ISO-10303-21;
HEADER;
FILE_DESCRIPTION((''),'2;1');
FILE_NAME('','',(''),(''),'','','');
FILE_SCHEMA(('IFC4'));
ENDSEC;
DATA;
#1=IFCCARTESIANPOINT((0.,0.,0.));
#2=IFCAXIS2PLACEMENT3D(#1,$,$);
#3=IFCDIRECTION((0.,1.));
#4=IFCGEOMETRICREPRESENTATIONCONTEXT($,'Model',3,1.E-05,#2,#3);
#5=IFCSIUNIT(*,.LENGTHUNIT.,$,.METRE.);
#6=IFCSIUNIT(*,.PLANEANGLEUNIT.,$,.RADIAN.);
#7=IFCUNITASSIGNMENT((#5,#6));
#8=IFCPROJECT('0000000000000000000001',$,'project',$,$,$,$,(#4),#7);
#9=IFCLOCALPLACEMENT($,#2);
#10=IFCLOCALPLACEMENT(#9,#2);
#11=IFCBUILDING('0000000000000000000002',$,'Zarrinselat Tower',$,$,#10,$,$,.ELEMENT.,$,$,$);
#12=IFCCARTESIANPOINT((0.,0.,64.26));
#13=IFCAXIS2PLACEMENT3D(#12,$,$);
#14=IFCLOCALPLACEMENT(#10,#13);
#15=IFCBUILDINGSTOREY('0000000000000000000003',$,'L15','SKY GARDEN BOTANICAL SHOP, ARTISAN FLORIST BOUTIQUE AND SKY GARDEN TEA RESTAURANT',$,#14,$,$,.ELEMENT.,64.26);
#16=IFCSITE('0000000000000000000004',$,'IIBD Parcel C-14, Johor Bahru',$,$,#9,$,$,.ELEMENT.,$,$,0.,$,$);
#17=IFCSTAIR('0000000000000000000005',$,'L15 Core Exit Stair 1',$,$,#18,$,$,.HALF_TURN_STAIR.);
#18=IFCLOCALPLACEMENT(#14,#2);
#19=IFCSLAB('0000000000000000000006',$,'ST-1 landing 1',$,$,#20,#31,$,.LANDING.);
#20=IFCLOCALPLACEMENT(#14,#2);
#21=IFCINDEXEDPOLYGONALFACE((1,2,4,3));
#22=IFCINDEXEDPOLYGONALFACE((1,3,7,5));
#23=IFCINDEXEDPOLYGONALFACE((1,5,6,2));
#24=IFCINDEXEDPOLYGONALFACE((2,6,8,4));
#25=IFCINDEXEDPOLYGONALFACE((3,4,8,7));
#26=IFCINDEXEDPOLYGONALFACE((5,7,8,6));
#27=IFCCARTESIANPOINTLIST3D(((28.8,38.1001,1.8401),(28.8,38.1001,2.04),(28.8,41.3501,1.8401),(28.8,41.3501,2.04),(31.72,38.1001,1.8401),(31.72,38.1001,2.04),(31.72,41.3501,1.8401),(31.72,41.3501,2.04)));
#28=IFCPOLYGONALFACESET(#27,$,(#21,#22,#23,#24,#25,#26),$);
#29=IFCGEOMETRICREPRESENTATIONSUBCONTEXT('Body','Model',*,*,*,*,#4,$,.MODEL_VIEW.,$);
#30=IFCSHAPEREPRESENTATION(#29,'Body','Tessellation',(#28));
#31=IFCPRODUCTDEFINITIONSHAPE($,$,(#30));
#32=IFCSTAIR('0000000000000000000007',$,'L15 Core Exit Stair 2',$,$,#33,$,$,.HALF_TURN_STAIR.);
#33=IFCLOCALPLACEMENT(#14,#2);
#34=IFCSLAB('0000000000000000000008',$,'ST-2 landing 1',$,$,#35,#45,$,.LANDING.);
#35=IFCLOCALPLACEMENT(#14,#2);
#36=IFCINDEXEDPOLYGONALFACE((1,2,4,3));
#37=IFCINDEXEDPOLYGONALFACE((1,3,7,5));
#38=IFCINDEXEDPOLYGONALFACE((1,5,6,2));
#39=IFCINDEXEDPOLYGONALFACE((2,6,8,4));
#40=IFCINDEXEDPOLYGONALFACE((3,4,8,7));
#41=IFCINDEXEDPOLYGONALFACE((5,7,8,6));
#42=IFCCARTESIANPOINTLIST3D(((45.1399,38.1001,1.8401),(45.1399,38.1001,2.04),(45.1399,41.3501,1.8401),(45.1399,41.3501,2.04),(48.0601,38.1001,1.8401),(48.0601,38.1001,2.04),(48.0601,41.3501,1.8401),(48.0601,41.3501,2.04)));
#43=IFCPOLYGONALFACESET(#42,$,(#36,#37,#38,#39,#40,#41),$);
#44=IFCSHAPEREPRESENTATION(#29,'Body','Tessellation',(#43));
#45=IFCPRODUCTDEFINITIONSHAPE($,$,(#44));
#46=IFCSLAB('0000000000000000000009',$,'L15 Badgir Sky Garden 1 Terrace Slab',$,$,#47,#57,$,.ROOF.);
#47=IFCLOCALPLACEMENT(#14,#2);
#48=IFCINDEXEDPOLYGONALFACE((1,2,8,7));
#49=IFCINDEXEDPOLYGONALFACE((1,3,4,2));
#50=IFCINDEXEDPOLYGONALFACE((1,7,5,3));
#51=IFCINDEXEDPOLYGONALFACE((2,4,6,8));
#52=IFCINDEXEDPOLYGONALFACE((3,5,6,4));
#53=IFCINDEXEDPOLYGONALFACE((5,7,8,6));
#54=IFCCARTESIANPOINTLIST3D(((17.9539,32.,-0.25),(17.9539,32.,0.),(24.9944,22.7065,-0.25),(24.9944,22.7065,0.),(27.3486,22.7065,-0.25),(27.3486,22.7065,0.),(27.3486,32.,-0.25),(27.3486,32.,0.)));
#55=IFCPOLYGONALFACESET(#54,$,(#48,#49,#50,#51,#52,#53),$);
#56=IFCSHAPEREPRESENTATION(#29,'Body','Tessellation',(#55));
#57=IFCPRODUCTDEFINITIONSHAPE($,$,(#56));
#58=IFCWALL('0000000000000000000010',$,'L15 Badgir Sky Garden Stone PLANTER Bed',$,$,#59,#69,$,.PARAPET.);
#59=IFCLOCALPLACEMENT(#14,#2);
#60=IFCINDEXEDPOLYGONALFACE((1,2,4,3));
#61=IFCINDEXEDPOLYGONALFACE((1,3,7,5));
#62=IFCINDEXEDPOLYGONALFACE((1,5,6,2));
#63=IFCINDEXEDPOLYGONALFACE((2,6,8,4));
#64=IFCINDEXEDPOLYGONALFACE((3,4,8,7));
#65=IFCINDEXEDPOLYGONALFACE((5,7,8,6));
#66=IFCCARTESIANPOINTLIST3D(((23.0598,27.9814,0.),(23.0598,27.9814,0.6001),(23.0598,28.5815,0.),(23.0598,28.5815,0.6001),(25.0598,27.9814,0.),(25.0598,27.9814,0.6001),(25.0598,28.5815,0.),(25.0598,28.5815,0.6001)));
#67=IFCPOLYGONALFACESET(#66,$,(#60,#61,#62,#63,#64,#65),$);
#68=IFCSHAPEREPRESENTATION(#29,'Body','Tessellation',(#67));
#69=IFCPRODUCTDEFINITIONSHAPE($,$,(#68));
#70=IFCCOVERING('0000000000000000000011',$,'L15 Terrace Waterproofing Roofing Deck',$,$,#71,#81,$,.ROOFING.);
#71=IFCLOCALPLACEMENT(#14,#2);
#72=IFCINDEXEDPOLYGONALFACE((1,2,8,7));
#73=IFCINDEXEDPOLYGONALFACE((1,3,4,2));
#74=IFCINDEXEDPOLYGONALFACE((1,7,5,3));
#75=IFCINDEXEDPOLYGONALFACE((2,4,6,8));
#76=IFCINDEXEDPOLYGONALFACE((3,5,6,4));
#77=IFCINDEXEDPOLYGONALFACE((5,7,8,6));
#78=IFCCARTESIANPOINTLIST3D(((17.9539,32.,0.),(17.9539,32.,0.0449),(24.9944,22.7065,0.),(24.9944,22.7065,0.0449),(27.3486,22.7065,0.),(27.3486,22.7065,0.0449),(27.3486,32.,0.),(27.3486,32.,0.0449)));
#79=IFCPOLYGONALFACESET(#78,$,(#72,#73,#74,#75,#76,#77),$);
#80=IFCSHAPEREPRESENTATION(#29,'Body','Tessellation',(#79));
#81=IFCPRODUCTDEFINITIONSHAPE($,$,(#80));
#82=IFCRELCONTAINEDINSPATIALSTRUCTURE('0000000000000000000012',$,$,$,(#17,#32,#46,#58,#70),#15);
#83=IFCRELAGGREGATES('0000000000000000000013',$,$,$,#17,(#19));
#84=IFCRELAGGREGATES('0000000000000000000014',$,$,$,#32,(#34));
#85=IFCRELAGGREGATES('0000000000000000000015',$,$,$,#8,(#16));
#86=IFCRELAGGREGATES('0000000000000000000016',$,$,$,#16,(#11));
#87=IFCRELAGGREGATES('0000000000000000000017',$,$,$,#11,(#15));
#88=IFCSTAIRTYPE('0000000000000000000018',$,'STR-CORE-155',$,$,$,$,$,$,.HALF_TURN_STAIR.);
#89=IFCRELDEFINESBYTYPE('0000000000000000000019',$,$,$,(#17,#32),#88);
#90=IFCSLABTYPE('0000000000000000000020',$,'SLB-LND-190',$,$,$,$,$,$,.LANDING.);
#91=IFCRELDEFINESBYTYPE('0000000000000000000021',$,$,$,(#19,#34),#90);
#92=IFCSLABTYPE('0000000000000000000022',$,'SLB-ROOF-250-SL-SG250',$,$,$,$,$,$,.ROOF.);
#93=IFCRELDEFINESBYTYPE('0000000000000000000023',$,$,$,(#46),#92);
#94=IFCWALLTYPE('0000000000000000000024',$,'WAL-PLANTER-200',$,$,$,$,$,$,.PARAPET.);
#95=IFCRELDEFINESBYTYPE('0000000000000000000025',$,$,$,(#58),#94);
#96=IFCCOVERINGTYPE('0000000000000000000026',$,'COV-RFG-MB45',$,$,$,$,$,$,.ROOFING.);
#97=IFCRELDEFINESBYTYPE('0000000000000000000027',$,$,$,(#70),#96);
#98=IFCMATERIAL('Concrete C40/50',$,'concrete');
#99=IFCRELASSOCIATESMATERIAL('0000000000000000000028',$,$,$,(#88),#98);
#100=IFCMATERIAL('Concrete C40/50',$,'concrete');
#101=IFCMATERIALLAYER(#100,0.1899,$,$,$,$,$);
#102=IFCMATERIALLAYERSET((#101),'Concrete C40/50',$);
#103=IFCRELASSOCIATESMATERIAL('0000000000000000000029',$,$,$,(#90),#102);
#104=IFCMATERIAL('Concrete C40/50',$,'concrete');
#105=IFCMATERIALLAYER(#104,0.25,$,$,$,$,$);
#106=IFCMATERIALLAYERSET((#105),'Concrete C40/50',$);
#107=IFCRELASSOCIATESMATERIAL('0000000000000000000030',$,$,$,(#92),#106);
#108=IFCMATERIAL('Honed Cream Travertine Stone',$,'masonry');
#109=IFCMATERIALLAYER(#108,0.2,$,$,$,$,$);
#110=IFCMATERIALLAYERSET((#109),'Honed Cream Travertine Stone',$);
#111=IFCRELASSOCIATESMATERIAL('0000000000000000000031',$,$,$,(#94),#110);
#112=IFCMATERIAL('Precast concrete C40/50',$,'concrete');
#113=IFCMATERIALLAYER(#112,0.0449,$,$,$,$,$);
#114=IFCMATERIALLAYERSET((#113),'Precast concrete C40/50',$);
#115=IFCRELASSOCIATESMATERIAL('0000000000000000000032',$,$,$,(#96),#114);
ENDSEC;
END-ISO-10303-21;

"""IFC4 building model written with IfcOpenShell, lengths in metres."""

from ifc_helpers import new_model, si_unit, direction, frame, frame_2d, origin, place, context, subcontext, project, spatial, polyline, rectangle, outline, extrude, material, layer, layer_set, type_object, element, aggregate, save


model = new_model("IFC4")

# Units and contexts
model_context = context("Model", 3, precision=1e-05, world=origin(), true_north=direction((0.0, 1.0)))
body_context = subcontext(model_context, "Body", "Model", "MODEL_VIEW")
ifc_project = project(units=[si_unit("LENGTHUNIT", "METRE"), si_unit("PLANEANGLEUNIT", "RADIAN")], contexts=[model_context])

# Site, building, storey
site_placement = place(None, origin())
site = spatial("IfcSite", under=ifc_project, at=site_placement, Name="IIBD Parcel C-14, Johor Bahru", CompositionType="ELEMENT", RefElevation=0.0)
building_placement = place(site_placement, origin())
building = spatial("IfcBuilding", under=site, at=building_placement, Name="Zarrinselat Tower", CompositionType="ELEMENT")
storey_placement = place(building_placement, frame((0.0, 0.0, 64.26)))
storey = spatial("IfcBuildingStorey", under=building, at=storey_placement, Name="L15", Description="SKY GARDEN BOTANICAL SHOP, ARTISAN FLORIST BOUTIQUE AND SKY GARDEN TEA RESTAURANT", CompositionType="ELEMENT", Elevation=64.26)

# Stairs, slabs
ifc_material_1 = material(Name="Concrete C40/50", Category="concrete")
stair_type_1 = type_object("IfcStairType", Name="STR-CORE-155", PredefinedType="HALF_TURN_STAIR", material=ifc_material_1)
stair_1_placement = place(storey_placement, origin())
stair_1 = element("IfcStair", 1, at=stair_1_placement, inside=storey, type_object=stair_type_1, Name="L15 Core Exit Stair 1", PredefinedType="HALF_TURN_STAIR")
ifc_material_2 = material(Name="Concrete C40/50", Category="concrete")
ifc_layer_1 = layer(ifc_material_2, 0.1899)
ifc_layer_set_1 = layer_set([ifc_layer_1], Name="Concrete C40/50")
slab_type_1 = type_object("IfcSlabType", Name="SLB-LND-190", PredefinedType="LANDING", material=ifc_layer_set_1)
slab_1_placement = place(storey_placement, frame((0.0, 0.0, 1.8401)))
slab_1 = element("IfcSlab", 2, at=slab_1_placement, type_object=slab_type_1, Name="ST-1 landing 1", PredefinedType="LANDING", context=body_context, shape_type="SweptSolid", body=[
    extrude(outline(polyline([(31.72, 38.1001), (31.72, 41.3501), (28.8, 41.3501), (28.8, 38.1001), (31.72, 38.1001)])), origin(), (0.0, 0.0, 1.0), 0.2),
])
aggregate(stair_1, [slab_1])
stair_2_placement = place(storey_placement, origin())
stair_2 = element("IfcStair", 3, at=stair_2_placement, inside=storey, type_object=stair_type_1, Name="L15 Core Exit Stair 2", PredefinedType="HALF_TURN_STAIR")
slab_2_placement = place(storey_placement, frame((0.0, 0.0, 1.8401)))
slab_2 = element("IfcSlab", 4, at=slab_2_placement, type_object=slab_type_1, Name="ST-2 landing 1", PredefinedType="LANDING", context=body_context, shape_type="SweptSolid", body=[
    extrude(outline(polyline([(48.0601, 38.1001), (48.0601, 41.3501), (45.1399, 41.3501), (45.1399, 38.1001), (48.0601, 38.1001)])), origin(), (0.0, 0.0, 1.0), 0.2),
])
aggregate(stair_2, [slab_2])

# Slab
ifc_material_3 = material(Name="Concrete C40/50", Category="concrete")
ifc_layer_2 = layer(ifc_material_3, 0.25)
ifc_layer_set_2 = layer_set([ifc_layer_2], Name="Concrete C40/50")
slab_type_2 = type_object("IfcSlabType", Name="SLB-ROOF-250-SL-SG250", PredefinedType="ROOF", material=ifc_layer_set_2)
slab_3_placement = place(storey_placement, frame((0.0, 0.0, -0.25)))
element("IfcSlab", 5, at=slab_3_placement, inside=storey, type_object=slab_type_2, Name="L15 Badgir Sky Garden 1 Terrace Slab", PredefinedType="ROOF", context=body_context, shape_type="SweptSolid", body=[
    extrude(outline(polyline([(17.9539, 32.0), (27.3486, 32.0), (27.3486, 22.7065), (24.9944, 22.7065), (17.9539, 32.0)])), origin(), (0.0, 0.0, 1.0), 0.25),
])

# Wall
ifc_material_4 = material(Name="Honed Cream Travertine Stone", Category="masonry")
ifc_layer_3 = layer(ifc_material_4, 0.2)
ifc_layer_set_3 = layer_set([ifc_layer_3], Name="Honed Cream Travertine Stone")
wall_type = type_object("IfcWallType", Name="WAL-PLANTER-200", PredefinedType="PARAPET", material=ifc_layer_set_3)
wall_placement = place(storey_placement, frame((23.0598, 28.2815, 0.0), z_axis=(0.0, 0.0, 1.0), x_axis=(1.0, 0.0, 0.0)))
element("IfcWall", 6, at=wall_placement, inside=storey, type_object=wall_type, Name="L15 Badgir Sky Garden Stone PLANTER Bed", PredefinedType="PARAPET", context=body_context, shape_type="SweptSolid", body=[
    extrude(rectangle(XDim=2.0, YDim=0.6001, at=frame_2d((1.0, 0.0))), origin(), (0.0, 0.0, 1.0), 0.6001),
])

# Covering
ifc_material_5 = material(Name="Precast concrete C40/50", Category="concrete")
ifc_layer_4 = layer(ifc_material_5, 0.0449)
ifc_layer_set_4 = layer_set([ifc_layer_4], Name="Precast concrete C40/50")
covering_type = type_object("IfcCoveringType", Name="COV-RFG-MB45", PredefinedType="ROOFING", material=ifc_layer_set_4)
covering_placement = place(storey_placement, origin())
element("IfcCovering", 7, at=covering_placement, inside=storey, type_object=covering_type, Name="L15 Terrace Waterproofing Roofing Deck", PredefinedType="ROOFING", context=body_context, shape_type="SweptSolid", body=[
    extrude(outline(polyline([(17.9539, 32.0), (27.3486, 32.0), (27.3486, 22.7065), (24.9944, 22.7065), (17.9539, 32.0)])), origin(), (0.0, 0.0, 1.0), 0.0449),
])

save(model, "model.ifc")
